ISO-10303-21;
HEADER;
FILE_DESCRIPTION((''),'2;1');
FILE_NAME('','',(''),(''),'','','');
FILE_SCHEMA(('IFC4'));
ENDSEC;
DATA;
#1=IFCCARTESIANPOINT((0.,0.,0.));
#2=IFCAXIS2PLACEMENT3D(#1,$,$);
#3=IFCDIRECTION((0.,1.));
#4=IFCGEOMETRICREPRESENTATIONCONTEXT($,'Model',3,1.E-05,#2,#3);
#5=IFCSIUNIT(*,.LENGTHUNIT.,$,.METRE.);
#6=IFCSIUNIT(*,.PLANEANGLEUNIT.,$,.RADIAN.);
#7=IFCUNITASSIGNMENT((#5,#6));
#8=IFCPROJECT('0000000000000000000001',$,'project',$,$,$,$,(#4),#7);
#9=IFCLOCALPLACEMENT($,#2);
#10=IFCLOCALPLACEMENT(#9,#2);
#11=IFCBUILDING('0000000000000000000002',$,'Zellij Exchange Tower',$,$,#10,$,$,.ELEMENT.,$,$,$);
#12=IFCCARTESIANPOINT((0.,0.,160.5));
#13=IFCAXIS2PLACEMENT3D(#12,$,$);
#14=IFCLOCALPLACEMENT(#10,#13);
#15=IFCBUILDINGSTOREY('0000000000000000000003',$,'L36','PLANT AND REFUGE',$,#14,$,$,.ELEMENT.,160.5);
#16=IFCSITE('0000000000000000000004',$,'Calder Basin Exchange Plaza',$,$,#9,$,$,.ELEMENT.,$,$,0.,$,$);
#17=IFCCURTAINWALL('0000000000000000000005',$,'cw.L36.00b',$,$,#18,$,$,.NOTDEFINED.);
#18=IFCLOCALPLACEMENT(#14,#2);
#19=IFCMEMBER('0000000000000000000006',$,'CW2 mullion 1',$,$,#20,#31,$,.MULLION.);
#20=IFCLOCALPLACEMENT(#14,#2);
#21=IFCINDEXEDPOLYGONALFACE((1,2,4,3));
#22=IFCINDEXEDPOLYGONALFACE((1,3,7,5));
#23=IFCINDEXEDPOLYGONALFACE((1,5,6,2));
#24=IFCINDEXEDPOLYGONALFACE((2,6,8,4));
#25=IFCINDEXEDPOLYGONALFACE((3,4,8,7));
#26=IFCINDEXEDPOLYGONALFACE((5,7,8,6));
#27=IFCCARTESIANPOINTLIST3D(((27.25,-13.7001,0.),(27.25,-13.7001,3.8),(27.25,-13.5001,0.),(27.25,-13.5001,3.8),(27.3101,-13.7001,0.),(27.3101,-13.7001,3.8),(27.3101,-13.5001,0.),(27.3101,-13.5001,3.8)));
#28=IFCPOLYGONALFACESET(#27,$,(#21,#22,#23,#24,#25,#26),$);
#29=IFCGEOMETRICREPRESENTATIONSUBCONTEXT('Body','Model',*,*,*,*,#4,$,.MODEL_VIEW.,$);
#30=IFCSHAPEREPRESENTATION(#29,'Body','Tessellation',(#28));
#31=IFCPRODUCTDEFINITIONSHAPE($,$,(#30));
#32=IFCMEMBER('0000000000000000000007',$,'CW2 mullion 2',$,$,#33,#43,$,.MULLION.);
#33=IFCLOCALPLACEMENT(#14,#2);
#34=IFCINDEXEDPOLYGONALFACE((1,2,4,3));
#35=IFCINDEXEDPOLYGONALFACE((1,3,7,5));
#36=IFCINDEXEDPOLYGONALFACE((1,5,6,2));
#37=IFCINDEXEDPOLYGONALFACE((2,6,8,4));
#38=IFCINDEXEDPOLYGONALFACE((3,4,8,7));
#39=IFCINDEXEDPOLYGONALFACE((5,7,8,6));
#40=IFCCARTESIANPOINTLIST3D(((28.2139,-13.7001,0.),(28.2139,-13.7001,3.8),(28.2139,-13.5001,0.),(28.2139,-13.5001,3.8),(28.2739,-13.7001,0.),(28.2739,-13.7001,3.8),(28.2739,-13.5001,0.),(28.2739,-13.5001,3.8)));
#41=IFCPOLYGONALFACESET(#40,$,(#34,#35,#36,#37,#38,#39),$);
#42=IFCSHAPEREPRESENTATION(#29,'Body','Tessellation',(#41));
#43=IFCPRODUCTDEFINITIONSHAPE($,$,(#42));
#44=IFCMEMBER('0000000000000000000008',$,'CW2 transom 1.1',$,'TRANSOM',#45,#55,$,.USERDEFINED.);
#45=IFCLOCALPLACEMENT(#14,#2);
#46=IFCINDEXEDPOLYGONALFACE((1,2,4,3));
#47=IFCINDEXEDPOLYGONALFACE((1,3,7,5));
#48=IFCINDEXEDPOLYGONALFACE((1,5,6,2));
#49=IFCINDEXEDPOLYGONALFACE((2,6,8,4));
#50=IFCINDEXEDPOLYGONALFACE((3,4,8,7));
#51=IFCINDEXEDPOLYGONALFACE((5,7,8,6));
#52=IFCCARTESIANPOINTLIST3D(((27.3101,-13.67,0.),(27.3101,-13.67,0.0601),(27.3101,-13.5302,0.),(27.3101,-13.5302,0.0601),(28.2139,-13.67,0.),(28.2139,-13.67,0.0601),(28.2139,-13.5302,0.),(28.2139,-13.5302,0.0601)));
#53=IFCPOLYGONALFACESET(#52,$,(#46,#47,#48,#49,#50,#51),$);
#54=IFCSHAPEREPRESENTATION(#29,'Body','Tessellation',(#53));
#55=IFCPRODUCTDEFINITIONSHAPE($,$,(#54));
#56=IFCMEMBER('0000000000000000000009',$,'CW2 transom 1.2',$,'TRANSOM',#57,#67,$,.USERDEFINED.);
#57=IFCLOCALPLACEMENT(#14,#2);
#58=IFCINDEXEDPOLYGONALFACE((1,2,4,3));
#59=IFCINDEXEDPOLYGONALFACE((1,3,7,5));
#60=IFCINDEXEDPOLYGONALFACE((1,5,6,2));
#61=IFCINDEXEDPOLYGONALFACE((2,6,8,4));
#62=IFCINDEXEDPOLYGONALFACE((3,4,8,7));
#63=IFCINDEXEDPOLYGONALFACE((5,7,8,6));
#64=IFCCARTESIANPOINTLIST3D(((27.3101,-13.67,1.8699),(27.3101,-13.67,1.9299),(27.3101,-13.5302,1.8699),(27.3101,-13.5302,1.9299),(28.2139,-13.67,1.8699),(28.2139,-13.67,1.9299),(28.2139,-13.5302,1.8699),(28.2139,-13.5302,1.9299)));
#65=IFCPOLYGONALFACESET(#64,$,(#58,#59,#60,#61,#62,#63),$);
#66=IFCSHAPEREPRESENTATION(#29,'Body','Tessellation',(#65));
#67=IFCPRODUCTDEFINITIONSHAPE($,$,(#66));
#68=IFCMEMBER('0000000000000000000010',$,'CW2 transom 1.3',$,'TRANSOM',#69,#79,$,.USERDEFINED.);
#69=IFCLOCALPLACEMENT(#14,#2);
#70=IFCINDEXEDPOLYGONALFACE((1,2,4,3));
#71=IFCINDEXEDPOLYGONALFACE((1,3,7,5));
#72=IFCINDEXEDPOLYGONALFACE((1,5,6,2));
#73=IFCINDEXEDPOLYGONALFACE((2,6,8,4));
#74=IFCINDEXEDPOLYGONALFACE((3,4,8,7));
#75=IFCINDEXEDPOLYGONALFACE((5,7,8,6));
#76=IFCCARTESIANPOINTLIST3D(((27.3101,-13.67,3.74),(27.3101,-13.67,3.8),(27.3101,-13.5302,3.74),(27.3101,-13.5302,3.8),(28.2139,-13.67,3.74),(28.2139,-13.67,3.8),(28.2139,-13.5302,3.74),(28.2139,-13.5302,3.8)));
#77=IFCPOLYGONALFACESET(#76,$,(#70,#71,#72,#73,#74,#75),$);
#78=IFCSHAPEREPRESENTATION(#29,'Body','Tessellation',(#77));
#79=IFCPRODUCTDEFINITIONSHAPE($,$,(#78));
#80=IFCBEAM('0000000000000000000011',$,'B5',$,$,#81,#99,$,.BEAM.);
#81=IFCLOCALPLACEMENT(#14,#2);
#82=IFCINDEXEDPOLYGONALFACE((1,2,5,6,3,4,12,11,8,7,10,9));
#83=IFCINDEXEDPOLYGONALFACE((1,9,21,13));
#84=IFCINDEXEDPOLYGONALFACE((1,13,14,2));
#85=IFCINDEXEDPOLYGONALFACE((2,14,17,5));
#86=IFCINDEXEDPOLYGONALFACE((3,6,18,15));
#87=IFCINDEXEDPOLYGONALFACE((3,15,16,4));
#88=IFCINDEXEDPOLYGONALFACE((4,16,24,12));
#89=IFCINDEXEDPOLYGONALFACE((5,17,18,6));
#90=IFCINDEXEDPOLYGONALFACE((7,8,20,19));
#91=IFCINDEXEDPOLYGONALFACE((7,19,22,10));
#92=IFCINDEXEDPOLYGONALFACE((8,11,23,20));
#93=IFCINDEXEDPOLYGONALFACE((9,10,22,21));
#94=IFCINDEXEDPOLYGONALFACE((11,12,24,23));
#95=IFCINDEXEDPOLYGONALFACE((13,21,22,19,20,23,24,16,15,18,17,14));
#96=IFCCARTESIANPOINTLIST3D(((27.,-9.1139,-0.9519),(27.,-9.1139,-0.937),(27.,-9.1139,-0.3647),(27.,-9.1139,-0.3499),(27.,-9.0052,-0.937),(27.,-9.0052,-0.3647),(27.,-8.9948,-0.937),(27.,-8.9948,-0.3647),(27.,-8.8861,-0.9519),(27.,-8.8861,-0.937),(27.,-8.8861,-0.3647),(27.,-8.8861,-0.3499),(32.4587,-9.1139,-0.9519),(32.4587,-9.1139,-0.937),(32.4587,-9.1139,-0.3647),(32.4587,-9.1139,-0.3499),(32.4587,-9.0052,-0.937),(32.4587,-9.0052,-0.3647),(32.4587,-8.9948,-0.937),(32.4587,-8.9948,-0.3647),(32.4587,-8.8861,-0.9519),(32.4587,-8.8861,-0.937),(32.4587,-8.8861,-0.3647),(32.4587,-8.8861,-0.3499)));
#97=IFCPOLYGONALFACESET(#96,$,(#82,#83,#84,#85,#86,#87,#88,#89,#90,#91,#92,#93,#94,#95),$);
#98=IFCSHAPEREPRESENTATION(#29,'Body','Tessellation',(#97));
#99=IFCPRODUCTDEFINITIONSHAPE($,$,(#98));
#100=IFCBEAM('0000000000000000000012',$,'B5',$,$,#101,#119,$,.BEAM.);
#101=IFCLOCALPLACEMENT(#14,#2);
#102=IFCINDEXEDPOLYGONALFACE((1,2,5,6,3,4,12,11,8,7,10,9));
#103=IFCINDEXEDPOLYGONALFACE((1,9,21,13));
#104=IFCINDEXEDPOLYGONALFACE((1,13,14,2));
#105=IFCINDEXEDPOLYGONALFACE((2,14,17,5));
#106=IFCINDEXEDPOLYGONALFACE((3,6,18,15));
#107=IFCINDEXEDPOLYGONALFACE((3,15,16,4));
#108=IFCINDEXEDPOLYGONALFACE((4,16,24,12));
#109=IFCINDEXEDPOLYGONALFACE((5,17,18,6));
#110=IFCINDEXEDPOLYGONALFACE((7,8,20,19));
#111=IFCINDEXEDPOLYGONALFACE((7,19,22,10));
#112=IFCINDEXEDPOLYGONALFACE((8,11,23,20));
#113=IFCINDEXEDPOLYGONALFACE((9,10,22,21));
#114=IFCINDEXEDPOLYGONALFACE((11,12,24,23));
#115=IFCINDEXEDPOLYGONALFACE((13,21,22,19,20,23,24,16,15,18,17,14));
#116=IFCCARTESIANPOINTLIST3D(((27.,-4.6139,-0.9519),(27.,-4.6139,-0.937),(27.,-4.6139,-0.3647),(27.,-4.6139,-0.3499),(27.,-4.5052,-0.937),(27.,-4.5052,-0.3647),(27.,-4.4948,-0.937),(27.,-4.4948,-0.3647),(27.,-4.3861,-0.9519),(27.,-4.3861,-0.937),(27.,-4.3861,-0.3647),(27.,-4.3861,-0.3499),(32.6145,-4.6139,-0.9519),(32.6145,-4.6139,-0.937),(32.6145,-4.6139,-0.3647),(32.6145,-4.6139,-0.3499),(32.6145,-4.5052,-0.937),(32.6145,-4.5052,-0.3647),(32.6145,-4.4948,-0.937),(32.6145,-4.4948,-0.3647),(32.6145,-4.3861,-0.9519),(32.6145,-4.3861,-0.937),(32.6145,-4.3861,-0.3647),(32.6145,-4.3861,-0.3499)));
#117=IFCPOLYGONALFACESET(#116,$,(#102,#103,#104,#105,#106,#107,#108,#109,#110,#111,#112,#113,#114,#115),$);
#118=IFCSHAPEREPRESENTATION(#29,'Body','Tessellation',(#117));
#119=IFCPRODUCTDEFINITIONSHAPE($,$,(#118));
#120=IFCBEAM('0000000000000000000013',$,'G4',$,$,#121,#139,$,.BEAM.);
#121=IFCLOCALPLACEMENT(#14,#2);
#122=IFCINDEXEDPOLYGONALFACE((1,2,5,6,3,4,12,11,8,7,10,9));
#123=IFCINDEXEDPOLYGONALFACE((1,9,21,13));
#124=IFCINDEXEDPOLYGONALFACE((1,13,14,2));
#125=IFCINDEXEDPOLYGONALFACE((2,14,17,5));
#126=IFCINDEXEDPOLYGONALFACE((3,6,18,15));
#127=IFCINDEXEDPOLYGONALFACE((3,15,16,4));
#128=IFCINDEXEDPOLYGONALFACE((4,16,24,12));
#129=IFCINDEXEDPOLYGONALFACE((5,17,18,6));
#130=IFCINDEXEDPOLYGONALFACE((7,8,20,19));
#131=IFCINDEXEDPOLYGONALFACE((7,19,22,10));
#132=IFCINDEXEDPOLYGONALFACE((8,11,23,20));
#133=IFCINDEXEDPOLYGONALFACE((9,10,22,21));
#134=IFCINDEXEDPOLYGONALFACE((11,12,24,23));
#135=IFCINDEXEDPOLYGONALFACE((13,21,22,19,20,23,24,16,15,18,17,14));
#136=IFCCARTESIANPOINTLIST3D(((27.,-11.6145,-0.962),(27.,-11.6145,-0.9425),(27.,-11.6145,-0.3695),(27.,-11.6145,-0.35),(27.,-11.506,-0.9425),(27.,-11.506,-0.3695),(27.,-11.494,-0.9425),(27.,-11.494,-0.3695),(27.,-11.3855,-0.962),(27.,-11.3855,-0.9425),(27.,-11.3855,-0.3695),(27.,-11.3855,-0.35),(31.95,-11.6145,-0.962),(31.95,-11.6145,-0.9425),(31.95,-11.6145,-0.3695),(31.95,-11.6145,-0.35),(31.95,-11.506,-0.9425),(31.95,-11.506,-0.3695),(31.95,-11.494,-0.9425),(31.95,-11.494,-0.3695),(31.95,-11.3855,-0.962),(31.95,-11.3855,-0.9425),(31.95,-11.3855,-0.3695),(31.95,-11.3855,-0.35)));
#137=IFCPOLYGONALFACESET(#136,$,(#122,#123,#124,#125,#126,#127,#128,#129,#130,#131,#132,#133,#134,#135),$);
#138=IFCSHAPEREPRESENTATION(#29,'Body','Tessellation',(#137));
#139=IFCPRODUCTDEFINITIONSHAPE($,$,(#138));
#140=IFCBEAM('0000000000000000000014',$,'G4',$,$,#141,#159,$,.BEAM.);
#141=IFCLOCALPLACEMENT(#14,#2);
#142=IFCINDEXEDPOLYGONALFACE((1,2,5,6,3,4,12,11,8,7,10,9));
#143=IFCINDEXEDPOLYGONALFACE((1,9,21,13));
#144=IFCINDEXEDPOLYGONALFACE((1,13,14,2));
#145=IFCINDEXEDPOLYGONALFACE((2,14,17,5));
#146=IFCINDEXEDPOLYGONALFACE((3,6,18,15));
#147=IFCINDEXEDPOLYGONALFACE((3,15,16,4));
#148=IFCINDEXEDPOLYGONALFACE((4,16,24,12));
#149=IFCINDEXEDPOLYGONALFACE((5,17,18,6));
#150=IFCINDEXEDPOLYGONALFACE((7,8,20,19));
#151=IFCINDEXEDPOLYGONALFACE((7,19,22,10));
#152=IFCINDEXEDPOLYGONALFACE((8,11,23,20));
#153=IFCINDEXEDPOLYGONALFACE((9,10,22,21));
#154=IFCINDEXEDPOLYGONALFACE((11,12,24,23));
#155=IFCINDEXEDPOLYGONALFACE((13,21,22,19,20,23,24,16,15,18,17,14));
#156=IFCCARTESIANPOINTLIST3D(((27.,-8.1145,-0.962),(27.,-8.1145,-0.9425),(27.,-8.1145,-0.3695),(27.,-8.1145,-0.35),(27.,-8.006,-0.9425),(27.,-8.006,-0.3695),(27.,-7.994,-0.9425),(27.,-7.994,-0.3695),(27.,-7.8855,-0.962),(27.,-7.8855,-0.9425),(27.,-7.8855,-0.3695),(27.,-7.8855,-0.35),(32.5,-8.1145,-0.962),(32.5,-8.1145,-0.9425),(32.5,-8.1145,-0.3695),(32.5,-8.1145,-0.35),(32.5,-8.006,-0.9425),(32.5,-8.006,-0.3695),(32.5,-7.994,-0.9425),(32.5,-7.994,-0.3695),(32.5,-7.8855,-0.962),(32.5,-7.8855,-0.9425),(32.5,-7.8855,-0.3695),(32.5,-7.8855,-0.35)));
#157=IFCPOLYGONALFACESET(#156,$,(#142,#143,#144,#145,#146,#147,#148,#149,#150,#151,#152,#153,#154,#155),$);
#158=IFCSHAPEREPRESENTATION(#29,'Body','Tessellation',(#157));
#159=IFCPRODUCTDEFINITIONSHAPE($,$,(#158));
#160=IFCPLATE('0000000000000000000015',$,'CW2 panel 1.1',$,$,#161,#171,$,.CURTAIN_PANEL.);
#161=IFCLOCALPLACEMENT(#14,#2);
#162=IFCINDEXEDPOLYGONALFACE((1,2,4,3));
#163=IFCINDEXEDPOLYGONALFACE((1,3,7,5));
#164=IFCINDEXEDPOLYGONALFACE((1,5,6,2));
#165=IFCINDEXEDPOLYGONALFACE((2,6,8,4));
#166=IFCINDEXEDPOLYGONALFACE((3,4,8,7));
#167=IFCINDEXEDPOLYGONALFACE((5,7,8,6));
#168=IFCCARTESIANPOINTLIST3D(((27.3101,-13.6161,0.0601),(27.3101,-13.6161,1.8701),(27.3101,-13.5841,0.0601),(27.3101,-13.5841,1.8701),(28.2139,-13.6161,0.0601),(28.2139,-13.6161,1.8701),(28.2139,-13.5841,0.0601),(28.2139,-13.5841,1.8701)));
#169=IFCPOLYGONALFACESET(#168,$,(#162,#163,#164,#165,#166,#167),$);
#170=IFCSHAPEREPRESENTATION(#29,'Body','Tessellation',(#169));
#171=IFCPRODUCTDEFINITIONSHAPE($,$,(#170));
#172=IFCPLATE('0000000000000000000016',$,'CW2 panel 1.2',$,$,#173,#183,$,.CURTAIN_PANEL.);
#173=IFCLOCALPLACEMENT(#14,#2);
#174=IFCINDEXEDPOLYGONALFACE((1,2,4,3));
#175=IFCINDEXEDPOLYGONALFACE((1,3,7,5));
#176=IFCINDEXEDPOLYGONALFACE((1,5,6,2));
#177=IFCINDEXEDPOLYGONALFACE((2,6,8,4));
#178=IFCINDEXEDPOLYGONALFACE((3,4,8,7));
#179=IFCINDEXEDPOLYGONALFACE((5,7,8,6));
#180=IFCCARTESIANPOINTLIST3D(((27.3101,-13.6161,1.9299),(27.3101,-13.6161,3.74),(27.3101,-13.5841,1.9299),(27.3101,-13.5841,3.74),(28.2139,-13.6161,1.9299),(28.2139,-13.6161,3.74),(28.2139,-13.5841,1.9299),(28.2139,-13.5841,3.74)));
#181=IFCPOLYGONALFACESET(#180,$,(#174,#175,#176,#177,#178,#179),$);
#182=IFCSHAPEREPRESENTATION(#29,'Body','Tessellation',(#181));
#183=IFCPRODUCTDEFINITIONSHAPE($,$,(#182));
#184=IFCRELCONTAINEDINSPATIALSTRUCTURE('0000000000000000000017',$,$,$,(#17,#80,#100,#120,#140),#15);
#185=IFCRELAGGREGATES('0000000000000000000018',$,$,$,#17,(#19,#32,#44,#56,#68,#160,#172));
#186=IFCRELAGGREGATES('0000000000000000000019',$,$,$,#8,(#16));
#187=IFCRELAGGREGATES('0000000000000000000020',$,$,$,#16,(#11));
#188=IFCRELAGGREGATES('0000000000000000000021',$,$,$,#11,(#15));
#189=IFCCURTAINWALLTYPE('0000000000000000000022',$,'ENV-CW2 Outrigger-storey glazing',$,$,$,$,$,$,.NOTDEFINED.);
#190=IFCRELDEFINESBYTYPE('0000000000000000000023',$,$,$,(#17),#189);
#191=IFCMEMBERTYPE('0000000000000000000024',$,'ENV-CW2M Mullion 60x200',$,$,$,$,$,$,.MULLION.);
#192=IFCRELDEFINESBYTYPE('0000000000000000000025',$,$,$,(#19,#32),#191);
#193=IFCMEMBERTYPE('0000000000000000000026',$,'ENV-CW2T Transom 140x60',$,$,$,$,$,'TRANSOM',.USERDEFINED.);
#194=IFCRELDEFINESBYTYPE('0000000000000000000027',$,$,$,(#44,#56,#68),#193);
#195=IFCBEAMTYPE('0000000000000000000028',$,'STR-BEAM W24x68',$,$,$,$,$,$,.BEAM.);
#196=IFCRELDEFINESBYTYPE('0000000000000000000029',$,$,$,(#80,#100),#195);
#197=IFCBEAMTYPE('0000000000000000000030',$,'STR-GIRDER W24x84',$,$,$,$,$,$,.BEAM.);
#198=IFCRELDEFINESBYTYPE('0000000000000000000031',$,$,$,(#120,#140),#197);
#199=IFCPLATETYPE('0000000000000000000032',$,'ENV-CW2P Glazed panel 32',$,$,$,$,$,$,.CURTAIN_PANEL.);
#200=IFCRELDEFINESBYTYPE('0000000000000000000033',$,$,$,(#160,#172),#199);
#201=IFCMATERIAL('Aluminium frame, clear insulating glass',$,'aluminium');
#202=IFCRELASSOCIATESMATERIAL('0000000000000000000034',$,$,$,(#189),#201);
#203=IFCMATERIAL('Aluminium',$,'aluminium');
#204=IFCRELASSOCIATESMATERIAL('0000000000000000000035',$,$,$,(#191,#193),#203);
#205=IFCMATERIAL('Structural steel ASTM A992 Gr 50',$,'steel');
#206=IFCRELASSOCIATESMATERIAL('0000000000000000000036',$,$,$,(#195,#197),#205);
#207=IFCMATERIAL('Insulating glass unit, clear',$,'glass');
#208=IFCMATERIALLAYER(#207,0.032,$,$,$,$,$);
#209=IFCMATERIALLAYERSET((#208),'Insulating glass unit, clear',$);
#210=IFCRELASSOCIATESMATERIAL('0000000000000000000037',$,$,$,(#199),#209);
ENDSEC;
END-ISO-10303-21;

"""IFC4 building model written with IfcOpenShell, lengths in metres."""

from ifc_helpers import new_model, si_unit, direction, frame, origin, origin_2d, place, context, subcontext, project, spatial, rectangle, i_section, extrude, material, layer, layer_set, material_profile, profile_set, type_object, element, aggregate, save


model = new_model("IFC4")

# Units and contexts
model_context = context("Model", 3, precision=1e-05, world=origin(), true_north=direction((0.0, 1.0)))
body_context = subcontext(model_context, "Body", "Model", "MODEL_VIEW")
ifc_project = project(units=[si_unit("LENGTHUNIT", "METRE"), si_unit("PLANEANGLEUNIT", "RADIAN")], contexts=[model_context])

# Site, building, storey
site_placement = place(None, origin())
site = spatial("IfcSite", under=ifc_project, at=site_placement, Name="Calder Basin Exchange Plaza", CompositionType="ELEMENT", RefElevation=0.0)
building_placement = place(site_placement, origin())
building = spatial("IfcBuilding", under=site, at=building_placement, Name="Zellij Exchange Tower", CompositionType="ELEMENT")
storey_placement = place(building_placement, frame((0.0, 0.0, 160.5)))
storey = spatial("IfcBuildingStorey", under=building, at=storey_placement, Name="L36", Description="PLANT AND REFUGE", CompositionType="ELEMENT", Elevation=160.5)

# Curtain wall, members
ifc_material_1 = material(Name="Aluminium frame, clear insulating glass", Category="aluminium")
curtain_wall_type = type_object("IfcCurtainWallType", Name="ENV-CW2 Outrigger-storey glazing", PredefinedType="NOTDEFINED", material=ifc_material_1)
curtain_wall_placement = place(storey_placement, origin())
curtain_wall = element("IfcCurtainWall", 1, at=curtain_wall_placement, inside=storey, type_object=curtain_wall_type, Name="cw.L36.00b", PredefinedType="NOTDEFINED")
ifc_material_2 = material(Name="Aluminium", Category="aluminium")
ifc_material_profile_1 = material_profile(ifc_material_2, rectangle(XDim=0.0601, YDim=0.2, at=origin_2d()), Name="AL 60x200")
ifc_profile_set_1 = profile_set([ifc_material_profile_1], Name="Aluminium")
member_type_1 = type_object("IfcMemberType", Name="ENV-CW2M Mullion 60x200", PredefinedType="MULLION", material=ifc_profile_set_1)
member_1_placement = place(storey_placement, frame((27.28, -13.6001, 0.0), z_axis=(0.0, 0.0, 1.0), x_axis=(1.0, 0.0, 0.0)))
member_1 = element("IfcMember", 2, at=member_1_placement, type_object=member_type_1, Name="CW2 mullion 1", PredefinedType="MULLION", context=body_context, shape_type="SweptSolid", body=[
    extrude(rectangle(XDim=0.0601, YDim=0.2, at=origin_2d()), origin(), (0.0, 0.0, 1.0), 3.8),
])
member_2_placement = place(storey_placement, frame((28.2439, -13.6001, 0.0), z_axis=(0.0, 0.0, 1.0), x_axis=(1.0, 0.0, 0.0)))
member_2 = element("IfcMember", 3, at=member_2_placement, type_object=member_type_1, Name="CW2 mullion 2", PredefinedType="MULLION", context=body_context, shape_type="SweptSolid", body=[
    extrude(rectangle(XDim=0.0601, YDim=0.2, at=origin_2d()), origin(), (0.0, 0.0, 1.0), 3.8),
])
ifc_material_profile_2 = material_profile(ifc_material_2, rectangle(XDim=0.1399, YDim=0.0601, at=origin_2d()), Name="AL 140x60")
ifc_profile_set_2 = profile_set([ifc_material_profile_2], Name="Aluminium")
member_type_2 = type_object("IfcMemberType", Name="ENV-CW2T Transom 140x60", ElementType="TRANSOM", PredefinedType="USERDEFINED", material=ifc_profile_set_2)
member_3_placement = place(storey_placement, frame((27.3101, -13.6001, 0.03), z_axis=(1.0, 0.0, 0.0), x_axis=(0.0, 1.0, 0.0)))
member_3 = element("IfcMember", 4, at=member_3_placement, type_object=member_type_2, Name="CW2 transom 1.1", ObjectType="TRANSOM", PredefinedType="USERDEFINED", context=body_context, shape_type="SweptSolid", body=[
    extrude(rectangle(XDim=0.1399, YDim=0.0601, at=origin_2d()), origin(), (0.0, 0.0, 1.0), 0.9038),
])
member_4_placement = place(storey_placement, frame((27.3101, -13.6001, 1.8999), z_axis=(1.0, 0.0, 0.0), x_axis=(0.0, 1.0, 0.0)))
member_4 = element("IfcMember", 5, at=member_4_placement, type_object=member_type_2, Name="CW2 transom 1.2", ObjectType="TRANSOM", PredefinedType="USERDEFINED", context=body_context, shape_type="SweptSolid", body=[
    extrude(rectangle(XDim=0.1399, YDim=0.0601, at=origin_2d()), origin(), (0.0, 0.0, 1.0), 0.9038),
])
member_5_placement = place(storey_placement, frame((27.3101, -13.6001, 3.77), z_axis=(1.0, 0.0, 0.0), x_axis=(0.0, 1.0, 0.0)))
member_5 = element("IfcMember", 6, at=member_5_placement, type_object=member_type_2, Name="CW2 transom 1.3", ObjectType="TRANSOM", PredefinedType="USERDEFINED", context=body_context, shape_type="SweptSolid", body=[
    extrude(rectangle(XDim=0.1399, YDim=0.0601, at=origin_2d()), origin(), (0.0, 0.0, 1.0), 0.9038),
])

# Beams
ifc_material_3 = material(Name="Structural steel ASTM A992 Gr 50", Category="steel")
ifc_material_profile_3 = material_profile(ifc_material_3, i_section(OverallWidth=0.2278, OverallDepth=0.6021, WebThickness=0.0105, FlangeThickness=0.0149, at=origin_2d()), Name="W24x68")
ifc_profile_set_3 = profile_set([ifc_material_profile_3], Name="Structural steel ASTM A992 Gr 50")
beam_type_1 = type_object("IfcBeamType", Name="STR-BEAM W24x68", PredefinedType="BEAM", material=ifc_profile_set_3)
beam_1_placement = place(storey_placement, frame((27.0, -9.0, -0.6509), z_axis=(1.0, 0.0, 0.0), x_axis=(0.0, 1.0, 0.0)))
element("IfcBeam", 7, at=beam_1_placement, inside=storey, type_object=beam_type_1, Name="B5", PredefinedType="BEAM", context=body_context, shape_type="SweptSolid", body=[
    extrude(i_section(OverallWidth=0.2278, OverallDepth=0.6021, WebThickness=0.0105, FlangeThickness=0.0149, at=origin_2d()), origin(), (0.0, 0.0, 1.0), 5.4587),
])
beam_2_placement = place(storey_placement, frame((27.0, -4.5, -0.6509), z_axis=(1.0, 0.0, 0.0), x_axis=(0.0, 1.0, 0.0)))
element("IfcBeam", 8, at=beam_2_placement, inside=storey, type_object=beam_type_1, Name="B5", PredefinedType="BEAM", context=body_context, shape_type="SweptSolid", body=[
    extrude(i_section(OverallWidth=0.2278, OverallDepth=0.6021, WebThickness=0.0105, FlangeThickness=0.0149, at=origin_2d()), origin(), (0.0, 0.0, 1.0), 5.6145),
])
ifc_material_profile_4 = material_profile(ifc_material_3, i_section(OverallWidth=0.229, OverallDepth=0.6121, WebThickness=0.012, FlangeThickness=0.0195, at=origin_2d()), Name="W24x84")
ifc_profile_set_4 = profile_set([ifc_material_profile_4], Name="Structural steel ASTM A992 Gr 50")
beam_type_2 = type_object("IfcBeamType", Name="STR-GIRDER W24x84", PredefinedType="BEAM", material=ifc_profile_set_4)
beam_3_placement = place(storey_placement, frame((27.0, -11.5, -0.656), z_axis=(1.0, 0.0, 0.0), x_axis=(0.0, 1.0, 0.0)))
element("IfcBeam", 9, at=beam_3_placement, inside=storey, type_object=beam_type_2, Name="G4", PredefinedType="BEAM", context=body_context, shape_type="SweptSolid", body=[
    extrude(i_section(OverallWidth=0.229, OverallDepth=0.6121, WebThickness=0.012, FlangeThickness=0.0195, at=origin_2d()), origin(), (0.0, 0.0, 1.0), 4.95),
])
beam_4_placement = place(storey_placement, frame((27.0, -8.0, -0.656), z_axis=(1.0, 0.0, 0.0), x_axis=(0.0, 1.0, 0.0)))
element("IfcBeam", 10, at=beam_4_placement, inside=storey, type_object=beam_type_2, Name="G4", PredefinedType="BEAM", context=body_context, shape_type="SweptSolid", body=[
    extrude(i_section(OverallWidth=0.229, OverallDepth=0.6121, WebThickness=0.012, FlangeThickness=0.0195, at=origin_2d()), origin(), (0.0, 0.0, 1.0), 5.5),
])

# Plates
ifc_material_4 = material(Name="Insulating glass unit, clear", Category="glass")
ifc_layer_1 = layer(ifc_material_4, 0.032)
ifc_layer_set_1 = layer_set([ifc_layer_1], Name="Insulating glass unit, clear")
plate_type = type_object("IfcPlateType", Name="ENV-CW2P Glazed panel 32", PredefinedType="CURTAIN_PANEL", material=ifc_layer_set_1)
plate_1_placement = place(storey_placement, frame((27.762, -13.6001, 0.0601), z_axis=(0.0, 0.0, 1.0), x_axis=(1.0, 0.0, 0.0)))
plate_1 = element("IfcPlate", 11, at=plate_1_placement, type_object=plate_type, Name="CW2 panel 1.1", PredefinedType="CURTAIN_PANEL", context=body_context, shape_type="SweptSolid", body=[
    extrude(rectangle(XDim=0.9038, YDim=0.032, at=origin_2d()), origin(), (0.0, 0.0, 1.0), 1.8101),
])
plate_2_placement = place(storey_placement, frame((27.762, -13.6001, 1.9299), z_axis=(0.0, 0.0, 1.0), x_axis=(1.0, 0.0, 0.0)))
plate_2 = element("IfcPlate", 12, at=plate_2_placement, type_object=plate_type, Name="CW2 panel 1.2", PredefinedType="CURTAIN_PANEL", context=body_context, shape_type="SweptSolid", body=[
    extrude(rectangle(XDim=0.9038, YDim=0.032, at=origin_2d()), origin(), (0.0, 0.0, 1.0), 1.8101),
])
aggregate(curtain_wall, [member_1, member_2, member_3, member_4, member_5, plate_1, plate_2])

save(model, "model.ifc")
